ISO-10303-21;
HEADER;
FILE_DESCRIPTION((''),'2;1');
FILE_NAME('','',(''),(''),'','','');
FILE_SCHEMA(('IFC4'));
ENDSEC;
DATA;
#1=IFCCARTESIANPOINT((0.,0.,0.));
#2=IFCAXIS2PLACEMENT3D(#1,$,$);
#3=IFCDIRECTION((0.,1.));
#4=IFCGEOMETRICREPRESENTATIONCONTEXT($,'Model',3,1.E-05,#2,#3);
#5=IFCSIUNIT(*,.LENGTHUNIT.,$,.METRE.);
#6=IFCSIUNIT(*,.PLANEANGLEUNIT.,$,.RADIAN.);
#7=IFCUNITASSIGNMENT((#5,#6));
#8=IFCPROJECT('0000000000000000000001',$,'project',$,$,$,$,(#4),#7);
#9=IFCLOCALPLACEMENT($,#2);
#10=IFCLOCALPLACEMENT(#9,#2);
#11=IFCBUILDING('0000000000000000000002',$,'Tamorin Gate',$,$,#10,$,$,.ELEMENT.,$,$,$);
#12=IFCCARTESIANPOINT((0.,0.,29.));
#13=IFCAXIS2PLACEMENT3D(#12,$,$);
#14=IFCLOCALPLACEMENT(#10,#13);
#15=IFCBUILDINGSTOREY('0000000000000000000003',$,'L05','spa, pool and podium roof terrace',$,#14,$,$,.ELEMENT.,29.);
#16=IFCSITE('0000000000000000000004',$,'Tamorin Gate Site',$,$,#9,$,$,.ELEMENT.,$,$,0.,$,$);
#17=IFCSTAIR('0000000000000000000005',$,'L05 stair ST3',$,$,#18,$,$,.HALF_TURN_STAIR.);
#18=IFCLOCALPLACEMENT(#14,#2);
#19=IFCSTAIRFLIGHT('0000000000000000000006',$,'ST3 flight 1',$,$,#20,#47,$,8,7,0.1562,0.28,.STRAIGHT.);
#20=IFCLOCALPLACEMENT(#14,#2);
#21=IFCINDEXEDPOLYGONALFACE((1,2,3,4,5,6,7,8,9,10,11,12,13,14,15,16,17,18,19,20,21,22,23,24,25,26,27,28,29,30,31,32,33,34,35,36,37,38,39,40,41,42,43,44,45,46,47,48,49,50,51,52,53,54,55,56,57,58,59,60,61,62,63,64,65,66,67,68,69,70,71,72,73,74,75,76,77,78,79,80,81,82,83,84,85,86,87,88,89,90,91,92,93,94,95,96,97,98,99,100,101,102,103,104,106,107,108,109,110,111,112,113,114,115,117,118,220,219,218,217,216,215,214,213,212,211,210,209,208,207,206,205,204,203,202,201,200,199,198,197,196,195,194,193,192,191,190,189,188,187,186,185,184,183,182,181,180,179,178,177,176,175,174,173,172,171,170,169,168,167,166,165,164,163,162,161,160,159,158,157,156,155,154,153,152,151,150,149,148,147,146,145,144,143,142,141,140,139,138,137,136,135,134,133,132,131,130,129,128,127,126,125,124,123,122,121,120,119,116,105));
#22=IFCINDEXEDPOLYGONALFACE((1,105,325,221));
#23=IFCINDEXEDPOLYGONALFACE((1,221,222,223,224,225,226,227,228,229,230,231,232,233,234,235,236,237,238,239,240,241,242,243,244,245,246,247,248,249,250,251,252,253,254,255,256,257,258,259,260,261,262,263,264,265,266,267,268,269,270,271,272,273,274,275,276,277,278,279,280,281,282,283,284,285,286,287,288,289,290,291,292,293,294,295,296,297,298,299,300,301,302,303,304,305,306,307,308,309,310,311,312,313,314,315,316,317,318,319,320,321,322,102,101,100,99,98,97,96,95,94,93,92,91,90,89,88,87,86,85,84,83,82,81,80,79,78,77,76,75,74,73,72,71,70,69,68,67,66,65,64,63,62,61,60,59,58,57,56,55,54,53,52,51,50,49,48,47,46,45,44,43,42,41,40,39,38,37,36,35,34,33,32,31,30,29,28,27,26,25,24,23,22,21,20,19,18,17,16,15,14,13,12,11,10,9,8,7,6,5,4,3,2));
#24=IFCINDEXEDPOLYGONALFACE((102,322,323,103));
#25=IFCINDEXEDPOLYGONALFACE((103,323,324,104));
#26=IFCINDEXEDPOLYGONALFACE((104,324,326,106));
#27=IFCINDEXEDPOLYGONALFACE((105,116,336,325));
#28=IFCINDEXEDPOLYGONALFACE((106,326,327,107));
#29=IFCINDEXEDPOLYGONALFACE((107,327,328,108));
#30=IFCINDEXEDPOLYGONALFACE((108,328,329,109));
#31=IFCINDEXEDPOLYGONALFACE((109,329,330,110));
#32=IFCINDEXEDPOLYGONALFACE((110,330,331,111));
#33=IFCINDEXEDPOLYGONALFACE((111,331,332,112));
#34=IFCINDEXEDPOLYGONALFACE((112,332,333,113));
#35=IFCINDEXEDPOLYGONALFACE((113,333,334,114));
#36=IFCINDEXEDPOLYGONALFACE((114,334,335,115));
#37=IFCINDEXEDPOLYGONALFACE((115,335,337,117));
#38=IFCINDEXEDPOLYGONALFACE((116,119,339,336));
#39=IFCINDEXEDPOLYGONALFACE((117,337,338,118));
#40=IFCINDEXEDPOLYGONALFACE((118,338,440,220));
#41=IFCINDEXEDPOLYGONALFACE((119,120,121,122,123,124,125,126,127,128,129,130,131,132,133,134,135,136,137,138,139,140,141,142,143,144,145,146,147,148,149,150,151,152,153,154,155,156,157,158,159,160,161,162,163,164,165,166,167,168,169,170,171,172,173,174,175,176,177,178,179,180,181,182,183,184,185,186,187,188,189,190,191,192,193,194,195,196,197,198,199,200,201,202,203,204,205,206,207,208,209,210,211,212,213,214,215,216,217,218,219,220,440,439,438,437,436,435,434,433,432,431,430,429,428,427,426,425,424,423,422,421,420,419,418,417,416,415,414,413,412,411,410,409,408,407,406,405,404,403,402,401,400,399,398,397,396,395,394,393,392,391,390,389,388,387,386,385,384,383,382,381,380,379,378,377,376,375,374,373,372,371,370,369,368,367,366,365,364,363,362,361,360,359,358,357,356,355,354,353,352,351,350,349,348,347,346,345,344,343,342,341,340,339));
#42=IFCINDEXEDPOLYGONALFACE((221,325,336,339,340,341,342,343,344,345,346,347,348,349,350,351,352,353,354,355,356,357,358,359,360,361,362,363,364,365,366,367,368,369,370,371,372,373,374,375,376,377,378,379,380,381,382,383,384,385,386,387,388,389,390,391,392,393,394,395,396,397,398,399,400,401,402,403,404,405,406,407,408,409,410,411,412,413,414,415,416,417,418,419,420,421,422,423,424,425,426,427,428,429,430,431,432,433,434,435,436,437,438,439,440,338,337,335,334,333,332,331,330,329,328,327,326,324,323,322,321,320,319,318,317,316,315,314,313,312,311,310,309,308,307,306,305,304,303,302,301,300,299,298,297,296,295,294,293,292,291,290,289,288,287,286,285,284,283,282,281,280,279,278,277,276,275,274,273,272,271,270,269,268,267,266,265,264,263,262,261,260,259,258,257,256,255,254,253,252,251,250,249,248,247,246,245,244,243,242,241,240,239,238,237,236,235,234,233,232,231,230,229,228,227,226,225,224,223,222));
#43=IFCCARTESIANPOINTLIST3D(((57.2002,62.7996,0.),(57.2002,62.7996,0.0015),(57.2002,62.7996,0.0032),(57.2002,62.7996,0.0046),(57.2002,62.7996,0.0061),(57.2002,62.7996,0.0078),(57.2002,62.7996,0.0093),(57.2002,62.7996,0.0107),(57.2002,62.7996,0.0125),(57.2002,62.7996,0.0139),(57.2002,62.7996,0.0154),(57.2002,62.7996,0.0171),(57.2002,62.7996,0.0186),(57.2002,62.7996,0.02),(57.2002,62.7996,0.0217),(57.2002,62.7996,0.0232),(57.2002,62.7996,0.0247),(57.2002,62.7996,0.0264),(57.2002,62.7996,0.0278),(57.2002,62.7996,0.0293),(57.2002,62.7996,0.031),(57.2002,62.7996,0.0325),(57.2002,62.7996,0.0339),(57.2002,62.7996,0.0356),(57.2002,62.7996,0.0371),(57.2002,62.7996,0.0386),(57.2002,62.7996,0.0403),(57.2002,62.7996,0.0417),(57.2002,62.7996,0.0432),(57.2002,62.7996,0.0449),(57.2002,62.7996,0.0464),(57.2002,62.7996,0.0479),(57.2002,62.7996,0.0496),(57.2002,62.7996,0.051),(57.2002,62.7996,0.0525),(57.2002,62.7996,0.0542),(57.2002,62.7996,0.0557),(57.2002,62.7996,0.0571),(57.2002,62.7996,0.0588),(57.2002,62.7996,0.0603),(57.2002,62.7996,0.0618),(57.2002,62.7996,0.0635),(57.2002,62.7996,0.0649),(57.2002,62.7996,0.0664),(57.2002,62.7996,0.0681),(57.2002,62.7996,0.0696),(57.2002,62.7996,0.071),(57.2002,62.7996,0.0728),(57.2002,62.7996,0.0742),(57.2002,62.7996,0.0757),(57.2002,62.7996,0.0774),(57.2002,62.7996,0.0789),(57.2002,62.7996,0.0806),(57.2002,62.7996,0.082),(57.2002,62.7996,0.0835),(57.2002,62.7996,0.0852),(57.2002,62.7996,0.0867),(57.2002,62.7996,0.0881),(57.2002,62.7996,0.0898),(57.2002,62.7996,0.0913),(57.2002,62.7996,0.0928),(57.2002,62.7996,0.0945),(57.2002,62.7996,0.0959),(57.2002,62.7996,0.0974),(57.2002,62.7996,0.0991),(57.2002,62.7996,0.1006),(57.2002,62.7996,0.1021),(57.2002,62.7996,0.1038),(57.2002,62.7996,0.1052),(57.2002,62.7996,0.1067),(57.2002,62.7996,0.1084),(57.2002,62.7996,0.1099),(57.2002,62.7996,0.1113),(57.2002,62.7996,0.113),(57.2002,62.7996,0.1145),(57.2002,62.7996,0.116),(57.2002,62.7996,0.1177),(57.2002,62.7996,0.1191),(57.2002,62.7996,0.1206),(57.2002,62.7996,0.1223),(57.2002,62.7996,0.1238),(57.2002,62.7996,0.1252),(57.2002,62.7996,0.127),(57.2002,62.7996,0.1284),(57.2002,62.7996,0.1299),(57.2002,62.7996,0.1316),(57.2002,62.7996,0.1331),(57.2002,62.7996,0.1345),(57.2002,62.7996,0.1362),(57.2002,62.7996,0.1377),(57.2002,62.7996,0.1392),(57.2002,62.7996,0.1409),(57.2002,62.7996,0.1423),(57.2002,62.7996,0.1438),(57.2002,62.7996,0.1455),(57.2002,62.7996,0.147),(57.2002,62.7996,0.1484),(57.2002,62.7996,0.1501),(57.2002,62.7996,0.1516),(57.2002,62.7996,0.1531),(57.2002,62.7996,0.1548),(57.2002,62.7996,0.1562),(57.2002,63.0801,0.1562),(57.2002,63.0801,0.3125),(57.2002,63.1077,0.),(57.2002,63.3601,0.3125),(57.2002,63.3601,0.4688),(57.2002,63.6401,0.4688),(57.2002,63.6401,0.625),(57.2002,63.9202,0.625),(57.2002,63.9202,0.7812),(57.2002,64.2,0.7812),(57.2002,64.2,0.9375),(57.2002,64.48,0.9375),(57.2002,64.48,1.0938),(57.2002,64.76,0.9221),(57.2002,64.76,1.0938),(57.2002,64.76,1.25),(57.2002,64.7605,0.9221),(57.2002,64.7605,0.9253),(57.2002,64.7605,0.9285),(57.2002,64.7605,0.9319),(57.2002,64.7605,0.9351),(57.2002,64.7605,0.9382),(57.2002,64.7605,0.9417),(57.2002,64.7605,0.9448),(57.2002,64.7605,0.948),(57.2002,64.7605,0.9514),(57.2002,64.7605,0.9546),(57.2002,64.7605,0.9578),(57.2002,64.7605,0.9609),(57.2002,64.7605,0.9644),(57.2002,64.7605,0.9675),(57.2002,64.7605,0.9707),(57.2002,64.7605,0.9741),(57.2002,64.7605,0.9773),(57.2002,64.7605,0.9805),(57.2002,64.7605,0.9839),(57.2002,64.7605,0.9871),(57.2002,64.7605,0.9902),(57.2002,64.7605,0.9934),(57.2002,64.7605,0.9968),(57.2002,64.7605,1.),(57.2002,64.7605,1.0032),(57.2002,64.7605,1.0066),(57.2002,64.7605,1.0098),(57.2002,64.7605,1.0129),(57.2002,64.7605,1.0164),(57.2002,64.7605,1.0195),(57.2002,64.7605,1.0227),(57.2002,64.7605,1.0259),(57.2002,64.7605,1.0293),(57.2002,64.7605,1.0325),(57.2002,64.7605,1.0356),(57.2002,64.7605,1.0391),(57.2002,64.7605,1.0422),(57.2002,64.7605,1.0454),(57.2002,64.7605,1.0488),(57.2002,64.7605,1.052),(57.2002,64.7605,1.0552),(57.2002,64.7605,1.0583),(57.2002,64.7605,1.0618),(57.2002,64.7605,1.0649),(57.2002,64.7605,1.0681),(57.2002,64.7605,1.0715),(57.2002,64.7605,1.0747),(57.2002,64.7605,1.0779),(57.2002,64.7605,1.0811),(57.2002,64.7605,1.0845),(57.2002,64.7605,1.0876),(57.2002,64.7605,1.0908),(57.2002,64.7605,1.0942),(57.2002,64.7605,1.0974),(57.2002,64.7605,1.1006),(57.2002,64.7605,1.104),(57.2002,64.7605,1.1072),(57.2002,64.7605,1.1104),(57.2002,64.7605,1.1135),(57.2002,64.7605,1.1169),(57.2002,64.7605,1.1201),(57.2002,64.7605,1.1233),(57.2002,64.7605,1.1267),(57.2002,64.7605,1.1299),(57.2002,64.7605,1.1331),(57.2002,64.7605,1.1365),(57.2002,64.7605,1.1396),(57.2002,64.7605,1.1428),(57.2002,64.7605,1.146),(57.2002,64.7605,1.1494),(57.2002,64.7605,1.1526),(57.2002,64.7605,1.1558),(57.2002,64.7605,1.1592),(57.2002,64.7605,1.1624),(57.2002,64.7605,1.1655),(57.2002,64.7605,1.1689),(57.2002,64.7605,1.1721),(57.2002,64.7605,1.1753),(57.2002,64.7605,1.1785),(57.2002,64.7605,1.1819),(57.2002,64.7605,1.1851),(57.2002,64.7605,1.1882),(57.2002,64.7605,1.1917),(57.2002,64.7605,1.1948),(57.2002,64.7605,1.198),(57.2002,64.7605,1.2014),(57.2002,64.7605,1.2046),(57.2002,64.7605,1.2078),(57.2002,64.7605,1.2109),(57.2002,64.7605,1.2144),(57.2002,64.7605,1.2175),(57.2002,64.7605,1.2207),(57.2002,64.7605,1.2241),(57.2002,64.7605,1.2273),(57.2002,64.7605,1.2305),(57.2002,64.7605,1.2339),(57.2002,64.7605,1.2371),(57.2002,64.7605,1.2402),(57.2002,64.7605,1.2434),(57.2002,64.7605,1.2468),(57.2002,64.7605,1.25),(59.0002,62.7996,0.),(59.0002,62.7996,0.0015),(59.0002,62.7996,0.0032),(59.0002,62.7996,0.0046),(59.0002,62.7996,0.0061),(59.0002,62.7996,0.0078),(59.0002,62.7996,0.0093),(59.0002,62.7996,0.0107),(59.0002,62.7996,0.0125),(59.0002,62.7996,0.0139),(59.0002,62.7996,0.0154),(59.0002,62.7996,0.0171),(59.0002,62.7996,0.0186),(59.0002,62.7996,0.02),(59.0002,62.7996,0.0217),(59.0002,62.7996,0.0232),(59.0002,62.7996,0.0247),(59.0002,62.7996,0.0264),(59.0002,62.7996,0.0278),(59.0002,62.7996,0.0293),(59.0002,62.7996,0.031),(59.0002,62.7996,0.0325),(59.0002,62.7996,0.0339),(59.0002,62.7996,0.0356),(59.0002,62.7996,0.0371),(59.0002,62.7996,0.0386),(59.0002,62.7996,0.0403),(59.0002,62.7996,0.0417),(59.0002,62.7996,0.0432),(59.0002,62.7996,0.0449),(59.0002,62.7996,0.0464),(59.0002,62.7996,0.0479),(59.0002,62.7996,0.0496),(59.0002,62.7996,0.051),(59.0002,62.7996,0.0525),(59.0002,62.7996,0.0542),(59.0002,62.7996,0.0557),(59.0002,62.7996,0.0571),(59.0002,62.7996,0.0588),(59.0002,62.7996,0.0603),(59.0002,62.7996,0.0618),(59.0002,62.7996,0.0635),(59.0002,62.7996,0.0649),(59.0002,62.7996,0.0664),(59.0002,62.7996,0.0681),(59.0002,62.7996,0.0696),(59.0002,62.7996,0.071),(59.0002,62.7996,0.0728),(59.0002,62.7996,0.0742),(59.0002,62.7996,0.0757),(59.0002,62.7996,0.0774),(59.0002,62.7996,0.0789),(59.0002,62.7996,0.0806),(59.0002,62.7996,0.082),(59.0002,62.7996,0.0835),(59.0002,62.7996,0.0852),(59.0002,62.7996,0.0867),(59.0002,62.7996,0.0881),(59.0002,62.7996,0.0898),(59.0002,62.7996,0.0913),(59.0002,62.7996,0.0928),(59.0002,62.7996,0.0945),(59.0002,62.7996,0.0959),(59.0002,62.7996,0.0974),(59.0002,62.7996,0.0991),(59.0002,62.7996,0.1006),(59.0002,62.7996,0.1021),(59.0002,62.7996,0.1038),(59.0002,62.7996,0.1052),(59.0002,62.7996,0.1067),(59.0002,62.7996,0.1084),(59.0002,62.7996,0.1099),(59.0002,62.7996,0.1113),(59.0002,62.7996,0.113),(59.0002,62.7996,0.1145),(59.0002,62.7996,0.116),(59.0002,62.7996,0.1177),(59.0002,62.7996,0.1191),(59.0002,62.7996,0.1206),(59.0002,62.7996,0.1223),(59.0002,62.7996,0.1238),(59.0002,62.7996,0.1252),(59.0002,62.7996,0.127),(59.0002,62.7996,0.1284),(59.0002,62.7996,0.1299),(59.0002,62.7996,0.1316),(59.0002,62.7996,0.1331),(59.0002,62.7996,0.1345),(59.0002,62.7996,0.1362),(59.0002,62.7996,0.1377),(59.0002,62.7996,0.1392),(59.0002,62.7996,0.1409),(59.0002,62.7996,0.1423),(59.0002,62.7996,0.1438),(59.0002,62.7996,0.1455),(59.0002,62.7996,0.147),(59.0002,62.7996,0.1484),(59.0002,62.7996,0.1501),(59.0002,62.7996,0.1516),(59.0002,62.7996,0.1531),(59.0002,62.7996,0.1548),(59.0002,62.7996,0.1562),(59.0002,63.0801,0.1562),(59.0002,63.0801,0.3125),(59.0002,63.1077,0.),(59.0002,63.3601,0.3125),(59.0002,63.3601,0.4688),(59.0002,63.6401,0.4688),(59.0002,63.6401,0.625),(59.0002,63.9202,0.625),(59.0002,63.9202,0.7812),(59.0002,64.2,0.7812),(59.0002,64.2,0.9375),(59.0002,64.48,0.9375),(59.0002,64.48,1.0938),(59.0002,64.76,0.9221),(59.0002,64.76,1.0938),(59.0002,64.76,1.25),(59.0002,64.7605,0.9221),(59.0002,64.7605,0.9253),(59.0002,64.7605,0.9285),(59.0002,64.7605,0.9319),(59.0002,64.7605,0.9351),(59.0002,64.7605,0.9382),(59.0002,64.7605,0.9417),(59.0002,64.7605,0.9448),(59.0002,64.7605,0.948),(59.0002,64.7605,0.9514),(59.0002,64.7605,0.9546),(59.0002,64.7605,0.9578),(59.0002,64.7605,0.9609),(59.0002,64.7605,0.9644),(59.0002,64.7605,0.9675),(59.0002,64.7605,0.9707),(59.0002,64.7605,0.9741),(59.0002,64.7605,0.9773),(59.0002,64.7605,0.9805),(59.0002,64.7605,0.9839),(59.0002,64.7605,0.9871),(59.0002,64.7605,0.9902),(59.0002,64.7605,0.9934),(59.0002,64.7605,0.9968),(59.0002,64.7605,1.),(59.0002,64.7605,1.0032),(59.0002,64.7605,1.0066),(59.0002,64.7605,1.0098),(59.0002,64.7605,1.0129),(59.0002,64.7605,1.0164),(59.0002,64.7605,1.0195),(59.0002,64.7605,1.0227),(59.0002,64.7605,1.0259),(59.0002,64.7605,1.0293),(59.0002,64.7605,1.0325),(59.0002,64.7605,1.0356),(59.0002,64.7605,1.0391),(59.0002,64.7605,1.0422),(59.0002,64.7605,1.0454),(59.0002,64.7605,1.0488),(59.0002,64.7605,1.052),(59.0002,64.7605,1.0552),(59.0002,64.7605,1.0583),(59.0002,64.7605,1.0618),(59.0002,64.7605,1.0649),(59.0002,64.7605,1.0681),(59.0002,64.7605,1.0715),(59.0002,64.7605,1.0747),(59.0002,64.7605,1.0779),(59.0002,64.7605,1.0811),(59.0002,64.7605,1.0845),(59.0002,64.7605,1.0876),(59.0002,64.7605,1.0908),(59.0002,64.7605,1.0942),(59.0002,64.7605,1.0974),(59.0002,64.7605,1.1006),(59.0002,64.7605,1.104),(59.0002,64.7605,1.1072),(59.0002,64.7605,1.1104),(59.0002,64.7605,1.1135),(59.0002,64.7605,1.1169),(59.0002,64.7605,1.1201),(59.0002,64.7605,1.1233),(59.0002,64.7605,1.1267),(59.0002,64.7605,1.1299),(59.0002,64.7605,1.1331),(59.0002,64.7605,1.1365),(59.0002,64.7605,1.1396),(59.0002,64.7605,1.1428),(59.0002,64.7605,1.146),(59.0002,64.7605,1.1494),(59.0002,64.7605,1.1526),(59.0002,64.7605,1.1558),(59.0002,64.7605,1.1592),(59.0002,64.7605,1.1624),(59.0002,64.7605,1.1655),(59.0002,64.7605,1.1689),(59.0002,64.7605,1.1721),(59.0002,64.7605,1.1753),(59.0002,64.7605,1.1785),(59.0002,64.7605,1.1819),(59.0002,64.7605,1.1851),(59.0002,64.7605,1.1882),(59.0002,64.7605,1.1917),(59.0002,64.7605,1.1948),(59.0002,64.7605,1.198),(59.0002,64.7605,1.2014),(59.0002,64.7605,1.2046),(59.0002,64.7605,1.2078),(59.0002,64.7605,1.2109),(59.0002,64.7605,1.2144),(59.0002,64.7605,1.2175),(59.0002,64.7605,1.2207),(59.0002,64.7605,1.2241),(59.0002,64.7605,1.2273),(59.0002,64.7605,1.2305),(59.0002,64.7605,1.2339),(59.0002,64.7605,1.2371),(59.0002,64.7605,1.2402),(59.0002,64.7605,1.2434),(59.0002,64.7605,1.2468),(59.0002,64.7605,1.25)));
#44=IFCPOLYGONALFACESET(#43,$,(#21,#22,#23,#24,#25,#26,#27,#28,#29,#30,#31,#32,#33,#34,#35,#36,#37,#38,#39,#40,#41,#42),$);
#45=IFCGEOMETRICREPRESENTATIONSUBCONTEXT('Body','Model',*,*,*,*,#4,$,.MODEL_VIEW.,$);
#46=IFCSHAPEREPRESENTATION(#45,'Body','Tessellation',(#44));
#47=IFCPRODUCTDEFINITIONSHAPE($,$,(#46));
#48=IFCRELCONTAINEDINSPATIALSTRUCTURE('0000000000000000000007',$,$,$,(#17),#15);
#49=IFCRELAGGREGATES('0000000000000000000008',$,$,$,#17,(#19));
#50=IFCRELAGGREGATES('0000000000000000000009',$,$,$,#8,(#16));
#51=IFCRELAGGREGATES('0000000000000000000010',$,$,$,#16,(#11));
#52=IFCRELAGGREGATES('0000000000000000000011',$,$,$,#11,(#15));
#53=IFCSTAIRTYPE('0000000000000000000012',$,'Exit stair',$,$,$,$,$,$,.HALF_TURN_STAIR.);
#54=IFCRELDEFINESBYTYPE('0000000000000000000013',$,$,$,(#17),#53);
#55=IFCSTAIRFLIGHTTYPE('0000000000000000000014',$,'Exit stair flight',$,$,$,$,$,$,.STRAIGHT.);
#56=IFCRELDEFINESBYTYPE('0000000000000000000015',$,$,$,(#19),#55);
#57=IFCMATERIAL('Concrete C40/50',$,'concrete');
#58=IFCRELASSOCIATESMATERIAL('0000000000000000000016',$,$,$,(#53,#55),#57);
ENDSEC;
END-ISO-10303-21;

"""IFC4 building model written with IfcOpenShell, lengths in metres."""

from ifc_helpers import new_model, si_unit, direction, frame, origin, place, context, subcontext, project, spatial, polyline, outline, extrude, material, type_object, element, aggregate, save


model = new_model("IFC4")

# Units and contexts
model_context = context("Model", 3, precision=1e-05, world=origin(), true_north=direction((0.0, 1.0)))
body_context = subcontext(model_context, "Body", "Model", "MODEL_VIEW")
ifc_project = project(units=[si_unit("LENGTHUNIT", "METRE"), si_unit("PLANEANGLEUNIT", "RADIAN")], contexts=[model_context])

# Site, building, storey
site_placement = place(None, origin())
site = spatial("IfcSite", under=ifc_project, at=site_placement, Name="Tamorin Gate Site", CompositionType="ELEMENT", RefElevation=0.0)
building_placement = place(site_placement, origin())
building = spatial("IfcBuilding", under=site, at=building_placement, Name="Tamorin Gate", CompositionType="ELEMENT")
storey_placement = place(building_placement, frame((0.0, 0.0, 29.0)))
storey = spatial("IfcBuildingStorey", under=building, at=storey_placement, Name="L05", Description="spa, pool and podium roof terrace", CompositionType="ELEMENT", Elevation=29.0)

# Stair, stair flight
ifc_material_1 = material(Name="Concrete C40/50", Category="concrete")
stair_type = type_object("IfcStairType", Name="Exit stair", PredefinedType="HALF_TURN_STAIR", material=ifc_material_1)
stair_placement = place(storey_placement, origin())
stair = element("IfcStair", 1, at=stair_placement, inside=storey, type_object=stair_type, Name="L05 stair ST3", PredefinedType="HALF_TURN_STAIR")
stair_flight_type = type_object("IfcStairFlightType", Name="Exit stair flight", PredefinedType="STRAIGHT", material=ifc_material_1)
stair_flight_1_placement = place(storey_placement, frame((58.1001, 62.8, 0.0), z_axis=(0.0, 0.0, 1.0), x_axis=(0.0, 1.0, 0.0)))
stair_flight_1 = element("IfcStairFlight", 2, at=stair_flight_1_placement, type_object=stair_flight_type, Name="ST3 flight 1", NumberOfRisers=8, NumberOfTreads=7, PredefinedType="STRAIGHT", RiserHeight=0.1562, TreadLength=0.28, context=body_context, shape_type="SweptSolid", body=[
    extrude(outline(polyline([(-0.0005, 0.0), (-0.0005, 0.0015), (-0.0005, 0.0032), (-0.0005, 0.0046), (-0.0005, 0.0061), (-0.0005, 0.0078), (-0.0005, 0.0093), (-0.0005, 0.0107), (-0.0005, 0.0125), (-0.0005, 0.0139), (-0.0005, 0.0154), (-0.0005, 0.0171), (-0.0005, 0.0186), (-0.0005, 0.02), (-0.0005, 0.0217), (-0.0005, 0.0232), (-0.0005, 0.0247), (-0.0005, 0.0264), (-0.0005, 0.0278), (-0.0005, 0.0293), (-0.0005, 0.031), (-0.0005, 0.0325), (-0.0005, 0.0339), (-0.0005, 0.0356), (-0.0005, 0.0371), (-0.0005, 0.0386), (-0.0005, 0.0403), (-0.0005, 0.0417), (-0.0005, 0.0432), (-0.0005, 0.0449), (-0.0005, 0.0464), (-0.0005, 0.0479), (-0.0005, 0.0496), (-0.0005, 0.051), (-0.0005, 0.0525), (-0.0005, 0.0542), (-0.0005, 0.0557), (-0.0005, 0.0571), (-0.0005, 0.0588), (-0.0005, 0.0603), (-0.0005, 0.0618), (-0.0005, 0.0635), (-0.0005, 0.0649), (-0.0005, 0.0664), (-0.0005, 0.0681), (-0.0005, 0.0696), (-0.0005, 0.071), (-0.0005, 0.0728), (-0.0005, 0.0742), (-0.0005, 0.0757), (-0.0005, 0.0774), (-0.0005, 0.0789), (-0.0005, 0.0806), (-0.0005, 0.082), (-0.0005, 0.0835), (-0.0005, 0.0852), (-0.0005, 0.0867), (-0.0005, 0.0881), (-0.0005, 0.0898), (-0.0005, 0.0913), (-0.0005, 0.0928), (-0.0005, 0.0945), (-0.0005, 0.0959), (-0.0005, 0.0974), (-0.0005, 0.0991), (-0.0005, 0.1006), (-0.0005, 0.1021), (-0.0005, 0.1038), (-0.0005, 0.1052), (-0.0005, 0.1067), (-0.0005, 0.1084), (-0.0005, 0.1099), (-0.0005, 0.1113), (-0.0005, 0.113), (-0.0005, 0.1145), (-0.0005, 0.116), (-0.0005, 0.1177), (-0.0005, 0.1191), (-0.0005, 0.1206), (-0.0005, 0.1223), (-0.0005, 0.1238), (-0.0005, 0.1252), (-0.0005, 0.127), (-0.0005, 0.1284), (-0.0005, 0.1299), (-0.0005, 0.1316), (-0.0005, 0.1331), (-0.0005, 0.1345), (-0.0005, 0.1362), (-0.0005, 0.1377), (-0.0005, 0.1392), (-0.0005, 0.1409), (-0.0005, 0.1423), (-0.0005, 0.1438), (-0.0005, 0.1455), (-0.0005, 0.147), (-0.0005, 0.1484), (-0.0005, 0.1501), (-0.0005, 0.1516), (-0.0005, 0.1531), (-0.0005, 0.1548), (-0.0005, 0.1562), (0.28, 0.1562), (0.28, 0.3125), (0.5601, 0.3125), (0.5601, 0.4688), (0.8401, 0.4688), (0.8401, 0.625), (1.1201, 0.625), (1.1201, 0.7812), (1.3999, 0.7812), (1.3999, 0.9375), (1.6799, 0.9375), (1.6799, 1.0938), (1.96, 1.0938), (1.96, 1.25), (1.9604, 1.25), (1.9604, 1.2468), (1.9604, 1.2434), (1.9604, 1.2402), (1.9604, 1.2371), (1.9604, 1.2339), (1.9604, 1.2305), (1.9604, 1.2273), (1.9604, 1.2241), (1.9604, 1.2207), (1.9604, 1.2175), (1.9604, 1.2144), (1.9604, 1.2109), (1.9604, 1.2078), (1.9604, 1.2046), (1.9604, 1.2014), (1.9604, 1.198), (1.9604, 1.1948), (1.9604, 1.1917), (1.9604, 1.1882), (1.9604, 1.1851), (1.9604, 1.1819), (1.9604, 1.1785), (1.9604, 1.1753), (1.9604, 1.1721), (1.9604, 1.1689), (1.9604, 1.1655), (1.9604, 1.1624), (1.9604, 1.1592), (1.9604, 1.1558), (1.9604, 1.1526), (1.9604, 1.1494), (1.9604, 1.146), (1.9604, 1.1428), (1.9604, 1.1396), (1.9604, 1.1365), (1.9604, 1.1331), (1.9604, 1.1299), (1.9604, 1.1267), (1.9604, 1.1233), (1.9604, 1.1201), (1.9604, 1.1169), (1.9604, 1.1135), (1.9604, 1.1104), (1.9604, 1.1072), (1.9604, 1.104), (1.9604, 1.1006), (1.9604, 1.0974), (1.9604, 1.0942), (1.9604, 1.0908), (1.9604, 1.0876), (1.9604, 1.0845), (1.9604, 1.0811), (1.9604, 1.0779), (1.9604, 1.0747), (1.9604, 1.0715), (1.9604, 1.0681), (1.9604, 1.0649), (1.9604, 1.0618), (1.9604, 1.0583), (1.9604, 1.0552), (1.9604, 1.052), (1.9604, 1.0488), (1.9604, 1.0454), (1.9604, 1.0422), (1.9604, 1.0391), (1.9604, 1.0356), (1.9604, 1.0325), (1.9604, 1.0293), (1.9604, 1.0259), (1.9604, 1.0227), (1.9604, 1.0195), (1.9604, 1.0164), (1.9604, 1.0129), (1.9604, 1.0098), (1.9604, 1.0066), (1.9604, 1.0032), (1.9604, 1.0), (1.9604, 0.9968), (1.9604, 0.9934), (1.9604, 0.9902), (1.9604, 0.9871), (1.9604, 0.9839), (1.9604, 0.9805), (1.9604, 0.9773), (1.9604, 0.9741), (1.9604, 0.9707), (1.9604, 0.9675), (1.9604, 0.9644), (1.9604, 0.9609), (1.9604, 0.9578), (1.9604, 0.9546), (1.9604, 0.9514), (1.9604, 0.948), (1.9604, 0.9448), (1.9604, 0.9417), (1.9604, 0.9382), (1.9604, 0.9351), (1.9604, 0.9319), (1.9604, 0.9285), (1.9604, 0.9253), (1.9604, 0.9221), (1.96, 0.9221), (0.3076, 0.0), (-0.0005, 0.0)])), frame((0.0, 0.8999, 0.0), z_axis=(0.0, -1.0, 0.0), x_axis=(1.0, 0.0, 0.0)), (0.0, 0.0, 1.0), 1.8),
])
aggregate(stair, [stair_flight_1])

save(model, "model.ifc")
